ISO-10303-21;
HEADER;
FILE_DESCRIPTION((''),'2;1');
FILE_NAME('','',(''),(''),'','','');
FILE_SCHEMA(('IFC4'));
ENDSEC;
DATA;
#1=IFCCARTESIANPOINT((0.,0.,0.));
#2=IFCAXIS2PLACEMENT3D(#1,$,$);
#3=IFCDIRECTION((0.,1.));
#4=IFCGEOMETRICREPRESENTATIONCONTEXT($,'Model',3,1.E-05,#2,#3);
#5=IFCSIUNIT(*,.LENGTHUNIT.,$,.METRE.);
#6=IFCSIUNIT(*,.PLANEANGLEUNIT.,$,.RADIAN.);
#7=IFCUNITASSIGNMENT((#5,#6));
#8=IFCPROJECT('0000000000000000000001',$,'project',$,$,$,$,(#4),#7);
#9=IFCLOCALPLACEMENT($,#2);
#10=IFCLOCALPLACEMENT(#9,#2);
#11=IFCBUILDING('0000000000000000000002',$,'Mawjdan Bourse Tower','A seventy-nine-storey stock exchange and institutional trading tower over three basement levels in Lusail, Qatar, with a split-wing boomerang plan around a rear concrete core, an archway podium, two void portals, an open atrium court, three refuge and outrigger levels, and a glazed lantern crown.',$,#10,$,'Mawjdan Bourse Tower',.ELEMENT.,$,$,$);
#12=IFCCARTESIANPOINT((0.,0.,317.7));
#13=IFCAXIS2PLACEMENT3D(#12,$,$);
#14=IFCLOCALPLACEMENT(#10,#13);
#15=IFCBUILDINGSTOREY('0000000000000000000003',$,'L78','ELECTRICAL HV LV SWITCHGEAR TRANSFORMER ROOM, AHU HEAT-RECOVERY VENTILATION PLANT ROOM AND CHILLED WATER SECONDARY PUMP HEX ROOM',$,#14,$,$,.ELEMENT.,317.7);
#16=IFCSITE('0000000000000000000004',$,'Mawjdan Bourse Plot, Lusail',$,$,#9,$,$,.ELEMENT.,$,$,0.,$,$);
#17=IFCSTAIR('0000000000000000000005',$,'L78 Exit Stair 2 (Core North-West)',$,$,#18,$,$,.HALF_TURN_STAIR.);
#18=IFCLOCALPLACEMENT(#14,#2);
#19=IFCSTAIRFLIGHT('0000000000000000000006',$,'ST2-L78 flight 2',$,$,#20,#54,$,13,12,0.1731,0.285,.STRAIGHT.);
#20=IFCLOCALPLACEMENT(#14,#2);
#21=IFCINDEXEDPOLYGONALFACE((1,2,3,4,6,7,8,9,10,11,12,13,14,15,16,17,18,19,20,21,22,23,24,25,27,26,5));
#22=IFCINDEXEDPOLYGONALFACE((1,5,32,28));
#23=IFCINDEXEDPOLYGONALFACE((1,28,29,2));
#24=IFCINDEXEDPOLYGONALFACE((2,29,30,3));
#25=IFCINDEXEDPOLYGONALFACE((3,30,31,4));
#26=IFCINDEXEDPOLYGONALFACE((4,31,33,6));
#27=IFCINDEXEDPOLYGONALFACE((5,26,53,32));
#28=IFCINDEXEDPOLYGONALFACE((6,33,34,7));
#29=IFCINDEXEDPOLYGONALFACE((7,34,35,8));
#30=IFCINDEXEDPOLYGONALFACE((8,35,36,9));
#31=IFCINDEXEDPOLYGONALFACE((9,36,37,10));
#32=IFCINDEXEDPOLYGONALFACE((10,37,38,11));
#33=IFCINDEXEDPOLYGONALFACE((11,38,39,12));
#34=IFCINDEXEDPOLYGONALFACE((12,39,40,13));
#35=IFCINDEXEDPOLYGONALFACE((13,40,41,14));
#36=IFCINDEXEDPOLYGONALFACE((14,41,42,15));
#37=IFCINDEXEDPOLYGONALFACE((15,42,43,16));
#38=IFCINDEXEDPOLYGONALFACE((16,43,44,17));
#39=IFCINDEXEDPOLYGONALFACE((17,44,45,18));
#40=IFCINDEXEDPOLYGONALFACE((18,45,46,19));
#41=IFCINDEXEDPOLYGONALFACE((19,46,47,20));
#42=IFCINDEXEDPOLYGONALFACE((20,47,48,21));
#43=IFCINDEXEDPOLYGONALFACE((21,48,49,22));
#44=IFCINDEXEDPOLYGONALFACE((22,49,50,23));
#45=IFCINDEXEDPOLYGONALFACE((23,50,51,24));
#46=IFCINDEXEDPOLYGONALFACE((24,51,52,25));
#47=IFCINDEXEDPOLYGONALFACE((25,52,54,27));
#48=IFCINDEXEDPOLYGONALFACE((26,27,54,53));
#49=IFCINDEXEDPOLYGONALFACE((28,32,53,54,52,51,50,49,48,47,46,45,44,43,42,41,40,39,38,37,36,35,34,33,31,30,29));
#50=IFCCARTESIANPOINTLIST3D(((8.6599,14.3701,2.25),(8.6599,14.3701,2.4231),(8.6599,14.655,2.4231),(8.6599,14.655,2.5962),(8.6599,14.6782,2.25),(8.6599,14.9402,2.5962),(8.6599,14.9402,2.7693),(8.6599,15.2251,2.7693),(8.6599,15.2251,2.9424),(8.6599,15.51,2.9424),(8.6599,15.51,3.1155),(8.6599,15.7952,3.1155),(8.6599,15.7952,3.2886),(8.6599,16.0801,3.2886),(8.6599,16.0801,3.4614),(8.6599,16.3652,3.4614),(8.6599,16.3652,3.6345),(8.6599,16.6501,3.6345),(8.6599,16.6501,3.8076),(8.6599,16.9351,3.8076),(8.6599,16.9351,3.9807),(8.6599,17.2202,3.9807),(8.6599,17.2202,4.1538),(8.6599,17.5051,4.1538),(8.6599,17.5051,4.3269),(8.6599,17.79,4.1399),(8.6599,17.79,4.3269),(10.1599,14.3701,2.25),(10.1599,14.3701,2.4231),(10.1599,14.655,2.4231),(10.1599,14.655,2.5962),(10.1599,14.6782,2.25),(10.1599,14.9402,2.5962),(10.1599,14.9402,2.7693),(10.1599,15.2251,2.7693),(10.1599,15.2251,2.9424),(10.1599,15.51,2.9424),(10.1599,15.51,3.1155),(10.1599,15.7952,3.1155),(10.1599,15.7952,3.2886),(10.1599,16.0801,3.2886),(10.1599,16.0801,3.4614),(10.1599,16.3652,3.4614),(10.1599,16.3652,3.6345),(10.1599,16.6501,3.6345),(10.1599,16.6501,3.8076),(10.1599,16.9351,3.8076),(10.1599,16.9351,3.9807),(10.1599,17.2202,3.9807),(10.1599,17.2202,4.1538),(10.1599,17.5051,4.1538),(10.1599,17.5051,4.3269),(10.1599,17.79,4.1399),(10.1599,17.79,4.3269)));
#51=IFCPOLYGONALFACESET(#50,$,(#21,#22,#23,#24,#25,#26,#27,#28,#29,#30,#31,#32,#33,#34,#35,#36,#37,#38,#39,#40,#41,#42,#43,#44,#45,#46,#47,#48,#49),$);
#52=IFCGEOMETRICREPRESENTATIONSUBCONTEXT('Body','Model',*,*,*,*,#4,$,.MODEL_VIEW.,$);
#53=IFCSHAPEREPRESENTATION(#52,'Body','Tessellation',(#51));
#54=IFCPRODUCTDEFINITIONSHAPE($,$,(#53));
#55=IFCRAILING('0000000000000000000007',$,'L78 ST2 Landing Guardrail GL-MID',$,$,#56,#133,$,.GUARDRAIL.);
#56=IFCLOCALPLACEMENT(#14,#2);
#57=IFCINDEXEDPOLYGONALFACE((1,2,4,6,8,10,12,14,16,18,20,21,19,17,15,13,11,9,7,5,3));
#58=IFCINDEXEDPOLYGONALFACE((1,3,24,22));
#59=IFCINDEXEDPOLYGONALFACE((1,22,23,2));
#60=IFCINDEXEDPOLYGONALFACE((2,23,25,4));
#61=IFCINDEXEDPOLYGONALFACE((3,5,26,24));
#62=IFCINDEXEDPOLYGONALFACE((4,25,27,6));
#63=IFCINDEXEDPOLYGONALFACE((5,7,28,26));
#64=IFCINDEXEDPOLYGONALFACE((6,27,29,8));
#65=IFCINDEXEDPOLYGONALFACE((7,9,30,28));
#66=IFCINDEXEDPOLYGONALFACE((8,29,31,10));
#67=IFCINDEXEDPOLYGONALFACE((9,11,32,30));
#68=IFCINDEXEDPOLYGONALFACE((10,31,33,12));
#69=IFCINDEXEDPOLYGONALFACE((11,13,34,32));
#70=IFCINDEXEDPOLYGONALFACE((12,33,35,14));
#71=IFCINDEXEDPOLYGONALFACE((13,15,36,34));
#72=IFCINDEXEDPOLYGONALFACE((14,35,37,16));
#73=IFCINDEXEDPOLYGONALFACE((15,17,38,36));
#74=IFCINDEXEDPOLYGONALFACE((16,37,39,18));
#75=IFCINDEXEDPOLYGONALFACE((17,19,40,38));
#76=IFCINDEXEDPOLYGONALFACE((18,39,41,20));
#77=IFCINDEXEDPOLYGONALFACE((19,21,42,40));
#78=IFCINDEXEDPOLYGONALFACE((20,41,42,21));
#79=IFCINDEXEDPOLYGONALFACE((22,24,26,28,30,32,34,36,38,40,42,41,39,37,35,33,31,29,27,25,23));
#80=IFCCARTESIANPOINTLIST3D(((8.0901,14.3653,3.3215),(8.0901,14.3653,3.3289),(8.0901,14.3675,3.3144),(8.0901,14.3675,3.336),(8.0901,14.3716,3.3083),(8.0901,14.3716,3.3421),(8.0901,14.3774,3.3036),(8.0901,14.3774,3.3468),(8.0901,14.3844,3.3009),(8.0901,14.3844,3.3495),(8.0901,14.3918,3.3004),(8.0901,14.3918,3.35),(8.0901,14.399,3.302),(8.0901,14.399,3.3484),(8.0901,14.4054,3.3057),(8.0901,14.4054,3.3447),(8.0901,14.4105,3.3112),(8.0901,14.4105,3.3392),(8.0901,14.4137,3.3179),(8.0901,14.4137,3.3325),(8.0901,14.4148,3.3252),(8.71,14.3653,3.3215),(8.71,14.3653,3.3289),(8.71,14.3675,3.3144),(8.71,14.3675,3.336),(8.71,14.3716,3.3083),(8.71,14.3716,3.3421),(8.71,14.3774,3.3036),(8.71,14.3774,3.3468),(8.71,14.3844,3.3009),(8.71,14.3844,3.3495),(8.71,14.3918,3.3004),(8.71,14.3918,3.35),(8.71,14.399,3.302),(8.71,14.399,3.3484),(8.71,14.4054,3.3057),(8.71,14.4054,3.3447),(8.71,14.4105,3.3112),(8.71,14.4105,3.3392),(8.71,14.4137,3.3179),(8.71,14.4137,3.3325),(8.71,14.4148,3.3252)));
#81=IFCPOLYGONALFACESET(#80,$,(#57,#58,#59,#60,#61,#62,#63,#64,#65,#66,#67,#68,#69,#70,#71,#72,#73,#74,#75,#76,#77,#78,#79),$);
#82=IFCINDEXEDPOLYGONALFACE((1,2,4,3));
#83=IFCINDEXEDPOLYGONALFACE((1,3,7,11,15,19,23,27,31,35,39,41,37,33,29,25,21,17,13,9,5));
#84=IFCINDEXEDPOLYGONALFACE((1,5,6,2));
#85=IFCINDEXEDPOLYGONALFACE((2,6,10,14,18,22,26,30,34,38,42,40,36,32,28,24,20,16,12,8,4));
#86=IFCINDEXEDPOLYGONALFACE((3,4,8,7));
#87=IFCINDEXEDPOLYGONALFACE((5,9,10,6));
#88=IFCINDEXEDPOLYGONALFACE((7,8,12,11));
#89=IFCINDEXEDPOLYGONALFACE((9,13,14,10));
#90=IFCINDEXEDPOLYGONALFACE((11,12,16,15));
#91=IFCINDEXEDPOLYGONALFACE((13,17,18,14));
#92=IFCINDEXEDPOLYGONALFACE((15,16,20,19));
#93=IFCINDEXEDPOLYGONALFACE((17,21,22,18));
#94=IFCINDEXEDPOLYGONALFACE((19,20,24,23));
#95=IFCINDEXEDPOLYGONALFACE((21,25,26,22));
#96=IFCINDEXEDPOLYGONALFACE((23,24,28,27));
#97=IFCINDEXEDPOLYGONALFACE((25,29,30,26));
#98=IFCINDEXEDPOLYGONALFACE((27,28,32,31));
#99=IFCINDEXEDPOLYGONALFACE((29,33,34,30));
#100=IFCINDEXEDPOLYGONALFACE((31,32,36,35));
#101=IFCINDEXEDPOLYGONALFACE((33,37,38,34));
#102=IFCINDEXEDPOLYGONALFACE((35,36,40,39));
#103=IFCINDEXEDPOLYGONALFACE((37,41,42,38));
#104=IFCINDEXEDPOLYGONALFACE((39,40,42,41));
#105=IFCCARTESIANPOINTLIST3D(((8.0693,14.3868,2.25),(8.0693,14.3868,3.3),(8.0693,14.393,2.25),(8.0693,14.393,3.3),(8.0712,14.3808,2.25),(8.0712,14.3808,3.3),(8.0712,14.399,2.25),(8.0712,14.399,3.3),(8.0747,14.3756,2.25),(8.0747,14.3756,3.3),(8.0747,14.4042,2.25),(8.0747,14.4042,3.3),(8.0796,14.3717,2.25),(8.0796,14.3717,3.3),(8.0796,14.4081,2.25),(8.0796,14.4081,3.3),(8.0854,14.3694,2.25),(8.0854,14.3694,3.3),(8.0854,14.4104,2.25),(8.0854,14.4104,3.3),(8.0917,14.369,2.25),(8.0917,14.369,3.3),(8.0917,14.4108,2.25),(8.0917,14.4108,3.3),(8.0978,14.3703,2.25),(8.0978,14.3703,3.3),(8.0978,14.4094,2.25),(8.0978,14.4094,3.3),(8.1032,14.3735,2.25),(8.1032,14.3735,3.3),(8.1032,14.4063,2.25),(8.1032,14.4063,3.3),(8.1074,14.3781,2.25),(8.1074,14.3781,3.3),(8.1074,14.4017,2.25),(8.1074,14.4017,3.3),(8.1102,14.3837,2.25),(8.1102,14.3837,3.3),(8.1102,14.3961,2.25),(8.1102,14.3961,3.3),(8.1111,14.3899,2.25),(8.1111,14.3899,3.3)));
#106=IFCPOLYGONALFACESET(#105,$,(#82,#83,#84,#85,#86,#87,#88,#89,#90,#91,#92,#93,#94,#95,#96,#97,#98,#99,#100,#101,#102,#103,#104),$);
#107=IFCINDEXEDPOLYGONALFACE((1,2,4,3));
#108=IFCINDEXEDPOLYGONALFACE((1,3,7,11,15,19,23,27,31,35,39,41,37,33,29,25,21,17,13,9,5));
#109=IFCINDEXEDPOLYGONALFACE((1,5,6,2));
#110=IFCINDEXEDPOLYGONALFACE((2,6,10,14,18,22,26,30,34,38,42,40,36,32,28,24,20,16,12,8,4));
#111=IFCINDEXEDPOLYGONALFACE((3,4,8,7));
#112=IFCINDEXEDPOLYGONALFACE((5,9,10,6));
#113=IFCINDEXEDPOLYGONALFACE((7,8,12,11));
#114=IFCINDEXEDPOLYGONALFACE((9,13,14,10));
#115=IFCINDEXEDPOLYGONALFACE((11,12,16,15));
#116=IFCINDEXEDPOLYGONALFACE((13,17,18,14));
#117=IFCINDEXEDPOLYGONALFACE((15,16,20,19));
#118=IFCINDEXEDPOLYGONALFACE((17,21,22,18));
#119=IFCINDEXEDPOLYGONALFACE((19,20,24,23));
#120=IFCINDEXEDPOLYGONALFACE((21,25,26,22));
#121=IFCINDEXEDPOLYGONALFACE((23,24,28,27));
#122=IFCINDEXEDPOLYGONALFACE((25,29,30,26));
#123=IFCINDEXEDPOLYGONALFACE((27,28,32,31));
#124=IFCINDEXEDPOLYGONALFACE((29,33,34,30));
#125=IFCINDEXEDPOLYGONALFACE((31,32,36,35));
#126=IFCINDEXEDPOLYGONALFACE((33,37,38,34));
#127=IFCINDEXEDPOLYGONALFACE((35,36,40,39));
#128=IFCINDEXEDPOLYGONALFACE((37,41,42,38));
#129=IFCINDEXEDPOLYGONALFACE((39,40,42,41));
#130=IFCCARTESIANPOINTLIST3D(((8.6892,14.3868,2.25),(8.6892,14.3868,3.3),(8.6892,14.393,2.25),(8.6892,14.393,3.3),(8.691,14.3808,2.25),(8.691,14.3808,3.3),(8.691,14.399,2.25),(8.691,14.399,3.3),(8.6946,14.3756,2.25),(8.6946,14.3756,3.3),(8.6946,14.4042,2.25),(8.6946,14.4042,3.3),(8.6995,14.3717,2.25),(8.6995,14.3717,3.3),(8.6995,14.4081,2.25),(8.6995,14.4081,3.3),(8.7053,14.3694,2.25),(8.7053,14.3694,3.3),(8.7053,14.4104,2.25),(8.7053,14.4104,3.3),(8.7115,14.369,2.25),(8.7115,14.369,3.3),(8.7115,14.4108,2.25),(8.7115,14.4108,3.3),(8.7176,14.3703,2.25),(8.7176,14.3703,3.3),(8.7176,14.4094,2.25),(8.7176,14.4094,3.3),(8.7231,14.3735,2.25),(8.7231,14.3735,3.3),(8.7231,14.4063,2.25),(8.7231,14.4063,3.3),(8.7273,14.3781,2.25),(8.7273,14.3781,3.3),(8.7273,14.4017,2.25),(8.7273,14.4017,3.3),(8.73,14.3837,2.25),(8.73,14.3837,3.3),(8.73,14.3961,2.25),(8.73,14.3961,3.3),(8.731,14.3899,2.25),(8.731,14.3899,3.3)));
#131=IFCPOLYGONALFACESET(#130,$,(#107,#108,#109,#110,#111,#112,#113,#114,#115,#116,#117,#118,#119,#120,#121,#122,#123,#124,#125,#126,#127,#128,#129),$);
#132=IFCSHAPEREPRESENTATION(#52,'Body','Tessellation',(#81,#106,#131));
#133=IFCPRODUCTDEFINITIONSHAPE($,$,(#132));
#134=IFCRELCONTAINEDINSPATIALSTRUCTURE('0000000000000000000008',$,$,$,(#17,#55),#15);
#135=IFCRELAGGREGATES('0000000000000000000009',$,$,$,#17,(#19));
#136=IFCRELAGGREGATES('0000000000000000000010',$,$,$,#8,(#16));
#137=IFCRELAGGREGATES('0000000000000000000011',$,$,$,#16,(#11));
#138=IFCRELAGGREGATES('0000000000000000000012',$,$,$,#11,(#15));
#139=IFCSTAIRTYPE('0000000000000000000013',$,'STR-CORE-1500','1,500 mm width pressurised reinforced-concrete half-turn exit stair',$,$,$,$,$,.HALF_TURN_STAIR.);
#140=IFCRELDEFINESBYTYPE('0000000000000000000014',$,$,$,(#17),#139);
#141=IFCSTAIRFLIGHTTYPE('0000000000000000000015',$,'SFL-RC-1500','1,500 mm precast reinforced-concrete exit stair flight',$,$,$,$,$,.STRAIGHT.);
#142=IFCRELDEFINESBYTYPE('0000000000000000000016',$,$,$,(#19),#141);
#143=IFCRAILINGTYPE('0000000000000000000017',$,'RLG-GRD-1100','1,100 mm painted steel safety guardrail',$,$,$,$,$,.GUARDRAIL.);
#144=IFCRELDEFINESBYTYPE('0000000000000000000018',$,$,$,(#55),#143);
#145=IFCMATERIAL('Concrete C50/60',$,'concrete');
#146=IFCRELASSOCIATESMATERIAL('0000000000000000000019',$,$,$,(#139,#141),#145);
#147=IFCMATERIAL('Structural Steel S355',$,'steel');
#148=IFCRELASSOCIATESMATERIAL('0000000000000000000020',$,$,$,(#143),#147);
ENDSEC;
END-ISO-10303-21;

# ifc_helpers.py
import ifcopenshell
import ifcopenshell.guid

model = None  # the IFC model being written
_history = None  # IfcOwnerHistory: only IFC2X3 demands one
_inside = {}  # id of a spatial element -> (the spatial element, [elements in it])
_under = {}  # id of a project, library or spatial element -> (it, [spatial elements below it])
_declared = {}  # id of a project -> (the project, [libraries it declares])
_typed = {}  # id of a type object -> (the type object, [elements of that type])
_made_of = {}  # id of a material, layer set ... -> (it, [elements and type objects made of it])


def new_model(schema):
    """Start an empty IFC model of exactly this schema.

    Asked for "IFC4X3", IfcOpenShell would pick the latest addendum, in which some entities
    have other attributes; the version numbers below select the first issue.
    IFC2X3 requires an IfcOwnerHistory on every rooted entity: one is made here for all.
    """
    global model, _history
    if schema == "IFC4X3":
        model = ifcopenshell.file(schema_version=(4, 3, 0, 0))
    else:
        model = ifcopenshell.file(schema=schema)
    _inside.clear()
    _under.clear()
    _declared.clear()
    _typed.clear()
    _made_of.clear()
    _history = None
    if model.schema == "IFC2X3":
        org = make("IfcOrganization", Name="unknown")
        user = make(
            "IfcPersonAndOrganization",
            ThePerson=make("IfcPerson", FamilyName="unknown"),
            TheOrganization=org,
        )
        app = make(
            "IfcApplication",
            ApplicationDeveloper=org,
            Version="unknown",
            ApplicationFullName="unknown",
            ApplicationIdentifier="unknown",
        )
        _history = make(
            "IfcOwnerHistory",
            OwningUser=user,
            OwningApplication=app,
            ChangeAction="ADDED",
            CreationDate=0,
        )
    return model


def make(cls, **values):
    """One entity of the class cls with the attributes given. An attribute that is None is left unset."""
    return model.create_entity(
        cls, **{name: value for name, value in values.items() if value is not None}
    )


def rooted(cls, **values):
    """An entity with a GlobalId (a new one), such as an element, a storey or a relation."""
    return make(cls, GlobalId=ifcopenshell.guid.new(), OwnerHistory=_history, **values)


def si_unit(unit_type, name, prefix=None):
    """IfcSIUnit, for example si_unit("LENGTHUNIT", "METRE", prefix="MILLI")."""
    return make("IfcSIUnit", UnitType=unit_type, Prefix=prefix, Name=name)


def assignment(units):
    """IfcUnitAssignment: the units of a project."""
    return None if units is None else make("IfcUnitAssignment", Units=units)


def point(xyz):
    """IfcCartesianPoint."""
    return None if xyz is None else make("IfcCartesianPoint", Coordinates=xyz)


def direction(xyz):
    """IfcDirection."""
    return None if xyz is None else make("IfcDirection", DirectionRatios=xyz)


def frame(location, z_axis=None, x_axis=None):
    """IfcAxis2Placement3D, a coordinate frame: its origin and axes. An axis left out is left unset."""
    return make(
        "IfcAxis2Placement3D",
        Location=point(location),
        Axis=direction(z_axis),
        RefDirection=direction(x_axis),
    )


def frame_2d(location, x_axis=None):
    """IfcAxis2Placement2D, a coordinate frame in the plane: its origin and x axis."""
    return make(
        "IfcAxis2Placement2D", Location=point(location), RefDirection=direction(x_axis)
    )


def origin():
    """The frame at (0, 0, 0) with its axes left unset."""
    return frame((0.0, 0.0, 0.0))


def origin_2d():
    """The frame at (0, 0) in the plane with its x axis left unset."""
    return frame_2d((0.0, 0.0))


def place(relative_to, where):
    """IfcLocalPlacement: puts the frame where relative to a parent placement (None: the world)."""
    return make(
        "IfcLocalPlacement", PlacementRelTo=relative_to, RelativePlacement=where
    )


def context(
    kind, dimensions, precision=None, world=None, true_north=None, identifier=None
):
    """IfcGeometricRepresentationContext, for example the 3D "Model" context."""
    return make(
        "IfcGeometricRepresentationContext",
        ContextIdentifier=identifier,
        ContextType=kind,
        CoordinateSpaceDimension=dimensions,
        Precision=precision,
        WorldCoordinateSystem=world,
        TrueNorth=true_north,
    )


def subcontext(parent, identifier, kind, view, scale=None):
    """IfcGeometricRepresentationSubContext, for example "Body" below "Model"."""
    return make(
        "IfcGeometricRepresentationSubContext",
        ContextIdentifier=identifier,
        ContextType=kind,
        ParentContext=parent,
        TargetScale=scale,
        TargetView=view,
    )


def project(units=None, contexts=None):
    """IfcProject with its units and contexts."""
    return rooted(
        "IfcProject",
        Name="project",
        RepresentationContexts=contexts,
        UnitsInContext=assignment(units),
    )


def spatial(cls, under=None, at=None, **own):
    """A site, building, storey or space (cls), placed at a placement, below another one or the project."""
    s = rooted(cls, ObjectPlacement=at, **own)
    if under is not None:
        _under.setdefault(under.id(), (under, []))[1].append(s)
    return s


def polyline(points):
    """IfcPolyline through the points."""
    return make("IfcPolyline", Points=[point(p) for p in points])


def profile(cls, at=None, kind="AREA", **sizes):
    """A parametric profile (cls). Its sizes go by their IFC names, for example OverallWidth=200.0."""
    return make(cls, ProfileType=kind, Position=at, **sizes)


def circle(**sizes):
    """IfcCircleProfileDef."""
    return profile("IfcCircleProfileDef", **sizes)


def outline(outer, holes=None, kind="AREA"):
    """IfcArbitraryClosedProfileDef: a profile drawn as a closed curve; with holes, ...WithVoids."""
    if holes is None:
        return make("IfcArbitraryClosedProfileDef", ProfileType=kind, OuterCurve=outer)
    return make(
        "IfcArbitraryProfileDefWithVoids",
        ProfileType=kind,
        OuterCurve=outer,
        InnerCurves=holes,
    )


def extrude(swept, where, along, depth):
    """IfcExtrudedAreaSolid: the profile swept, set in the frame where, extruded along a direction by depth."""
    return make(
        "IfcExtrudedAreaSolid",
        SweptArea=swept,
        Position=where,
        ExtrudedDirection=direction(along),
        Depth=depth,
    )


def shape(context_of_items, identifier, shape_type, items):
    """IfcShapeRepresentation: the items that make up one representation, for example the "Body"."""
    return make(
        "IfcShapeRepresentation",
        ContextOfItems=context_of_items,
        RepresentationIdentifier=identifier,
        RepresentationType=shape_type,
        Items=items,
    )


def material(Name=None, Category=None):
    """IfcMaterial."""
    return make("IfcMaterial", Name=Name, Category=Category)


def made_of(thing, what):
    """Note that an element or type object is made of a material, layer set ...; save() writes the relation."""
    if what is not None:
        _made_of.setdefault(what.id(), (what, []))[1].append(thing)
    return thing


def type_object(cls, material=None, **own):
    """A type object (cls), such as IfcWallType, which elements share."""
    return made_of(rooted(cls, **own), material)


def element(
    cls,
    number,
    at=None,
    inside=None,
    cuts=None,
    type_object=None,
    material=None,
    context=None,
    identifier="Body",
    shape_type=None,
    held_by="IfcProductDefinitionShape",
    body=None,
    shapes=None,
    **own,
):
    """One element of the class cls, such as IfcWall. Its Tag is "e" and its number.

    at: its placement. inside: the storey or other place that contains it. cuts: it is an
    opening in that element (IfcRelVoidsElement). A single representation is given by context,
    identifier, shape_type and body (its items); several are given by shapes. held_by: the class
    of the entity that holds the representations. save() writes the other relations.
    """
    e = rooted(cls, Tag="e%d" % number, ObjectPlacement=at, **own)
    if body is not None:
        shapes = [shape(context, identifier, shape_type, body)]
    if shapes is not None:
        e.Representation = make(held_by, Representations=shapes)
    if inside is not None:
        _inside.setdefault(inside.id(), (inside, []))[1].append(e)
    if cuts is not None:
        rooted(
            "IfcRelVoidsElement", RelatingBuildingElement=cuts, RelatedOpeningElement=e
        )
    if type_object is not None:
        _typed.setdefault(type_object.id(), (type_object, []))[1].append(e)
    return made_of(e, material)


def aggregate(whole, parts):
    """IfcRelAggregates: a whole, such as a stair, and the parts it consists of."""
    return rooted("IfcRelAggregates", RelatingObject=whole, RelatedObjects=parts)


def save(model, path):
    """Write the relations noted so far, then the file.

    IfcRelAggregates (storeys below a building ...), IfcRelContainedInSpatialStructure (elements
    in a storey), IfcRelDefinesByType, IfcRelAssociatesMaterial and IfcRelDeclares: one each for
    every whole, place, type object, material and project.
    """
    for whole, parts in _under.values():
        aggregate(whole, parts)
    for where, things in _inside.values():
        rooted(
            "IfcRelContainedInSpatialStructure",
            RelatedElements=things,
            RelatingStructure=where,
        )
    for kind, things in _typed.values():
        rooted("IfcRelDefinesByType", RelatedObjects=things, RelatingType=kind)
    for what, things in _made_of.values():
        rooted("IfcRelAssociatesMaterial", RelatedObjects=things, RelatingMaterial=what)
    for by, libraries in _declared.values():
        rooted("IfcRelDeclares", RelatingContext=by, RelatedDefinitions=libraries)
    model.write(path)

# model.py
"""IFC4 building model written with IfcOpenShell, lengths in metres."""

from ifc_helpers import new_model, si_unit, direction, frame, origin, origin_2d, place, context, subcontext, project, spatial, polyline, circle, outline, extrude, material, type_object, element, aggregate, save


model = new_model("IFC4")

# Units and contexts
model_context = context("Model", 3, precision=1e-05, world=origin(), true_north=direction((0.0, 1.0)))
body_context = subcontext(model_context, "Body", "Model", "MODEL_VIEW")
ifc_project = project(units=[si_unit("LENGTHUNIT", "METRE"), si_unit("PLANEANGLEUNIT", "RADIAN")], contexts=[model_context])

# Site, building, storey
site_placement = place(None, origin())
site = spatial("IfcSite", under=ifc_project, at=site_placement, Name="Mawjdan Bourse Plot, Lusail", CompositionType="ELEMENT", RefElevation=0.0)
building_placement = place(site_placement, origin())
building = spatial("IfcBuilding", under=site, at=building_placement, Name="Mawjdan Bourse Tower", Description="A seventy-nine-storey stock exchange and institutional trading tower over three basement levels in Lusail, Qatar, with a split-wing boomerang plan around a rear concrete core, an archway podium, two void portals, an open atrium court, three refuge and outrigger levels, and a glazed lantern crown.", LongName="Mawjdan Bourse Tower", CompositionType="ELEMENT")
storey_placement = place(building_placement, frame((0.0, 0.0, 317.7)))
storey = spatial("IfcBuildingStorey", under=building, at=storey_placement, Name="L78", Description="ELECTRICAL HV LV SWITCHGEAR TRANSFORMER ROOM, AHU HEAT-RECOVERY VENTILATION PLANT ROOM AND CHILLED WATER SECONDARY PUMP HEX ROOM", CompositionType="ELEMENT", Elevation=317.7)

# Shared definitions
ifc_material_1 = material(Name="Structural Steel S355", Category="steel")

# Shared definitions
ifc_material_2 = material(Name="Concrete C50/60", Category="concrete")

# Stair, stair flight
stair_type = type_object("IfcStairType", Name="STR-CORE-1500", Description="1,500 mm width pressurised reinforced-concrete half-turn exit stair", PredefinedType="HALF_TURN_STAIR", material=ifc_material_2)
stair_placement = place(storey_placement, origin())
stair = element("IfcStair", 1, at=stair_placement, inside=storey, type_object=stair_type, Name="L78 Exit Stair 2 (Core North-West)", PredefinedType="HALF_TURN_STAIR")
stair_flight_type = type_object("IfcStairFlightType", Name="SFL-RC-1500", Description="1,500 mm precast reinforced-concrete exit stair flight", PredefinedType="STRAIGHT", material=ifc_material_2)
stair_flight_placement = place(storey_placement, frame((9.4099, 14.3701, 2.25), z_axis=(0.0, 0.0, 1.0), x_axis=(0.0, 1.0, 0.0)))
stair_flight = element("IfcStairFlight", 2, at=stair_flight_placement, type_object=stair_flight_type, Name="ST2-L78 flight 2", NumberOfRisers=13, NumberOfTreads=12, PredefinedType="STRAIGHT", RiserHeight=0.1731, TreadLength=0.285, context=body_context, shape_type="SweptSolid", body=[
    extrude(outline(polyline([(0.0, 0.0), (0.0, 0.1731), (0.2849, 0.1731), (0.2849, 0.3462), (0.5701, 0.3462), (0.5701, 0.5193), (0.855, 0.5193), (0.855, 0.6924), (1.1399, 0.6924), (1.1399, 0.8655), (1.425, 0.8655), (1.425, 1.0386), (1.71, 1.0386), (1.71, 1.2114), (1.9951, 1.2114), (1.9951, 1.3845), (2.28, 1.3845), (2.28, 1.5576), (2.5649, 1.5576), (2.5649, 1.7307), (2.8501, 1.7307), (2.8501, 1.9038), (3.135, 1.9038), (3.135, 2.0769), (3.4199, 2.0769), (3.4199, 2.25), (3.4199, 1.8899), (0.3081, 0.0), (0.0, 0.0)])), frame((0.0, 0.75, 0.0), z_axis=(0.0, -1.0, 0.0), x_axis=(1.0, 0.0, 0.0)), (0.0, 0.0, 1.0), 1.5),
])
aggregate(stair, [stair_flight])

# Railing
railing_type_1 = type_object("IfcRailingType", Name="RLG-GRD-1100", Description="1,100 mm painted steel safety guardrail", PredefinedType="GUARDRAIL", material=ifc_material_1)
railing_1_placement = place(storey_placement, frame((8.0901, 14.3899, 2.25)))
element("IfcRailing", 3, at=railing_1_placement, inside=storey, type_object=railing_type_1, Name="L78 ST2 Landing Guardrail GL-MID", PredefinedType="GUARDRAIL", context=body_context, shape_type="SweptSolid", body=[
    extrude(circle(Radius=0.0249, at=origin_2d()), frame((0.0, 0.0, 1.0752), z_axis=(1.0, 0.0, 0.0), x_axis=(0.0, 1.0, 0.0)), (0.0, 0.0, 1.0), 0.6199),
    extrude(circle(Radius=0.021, at=origin_2d()), origin(), (0.0, 0.0, 1.0), 1.05),
    extrude(circle(Radius=0.021, at=origin_2d()), frame((0.6199, 0.0, 0.0)), (0.0, 0.0, 1.0), 1.05),
])

save(model, "model.ifc")
